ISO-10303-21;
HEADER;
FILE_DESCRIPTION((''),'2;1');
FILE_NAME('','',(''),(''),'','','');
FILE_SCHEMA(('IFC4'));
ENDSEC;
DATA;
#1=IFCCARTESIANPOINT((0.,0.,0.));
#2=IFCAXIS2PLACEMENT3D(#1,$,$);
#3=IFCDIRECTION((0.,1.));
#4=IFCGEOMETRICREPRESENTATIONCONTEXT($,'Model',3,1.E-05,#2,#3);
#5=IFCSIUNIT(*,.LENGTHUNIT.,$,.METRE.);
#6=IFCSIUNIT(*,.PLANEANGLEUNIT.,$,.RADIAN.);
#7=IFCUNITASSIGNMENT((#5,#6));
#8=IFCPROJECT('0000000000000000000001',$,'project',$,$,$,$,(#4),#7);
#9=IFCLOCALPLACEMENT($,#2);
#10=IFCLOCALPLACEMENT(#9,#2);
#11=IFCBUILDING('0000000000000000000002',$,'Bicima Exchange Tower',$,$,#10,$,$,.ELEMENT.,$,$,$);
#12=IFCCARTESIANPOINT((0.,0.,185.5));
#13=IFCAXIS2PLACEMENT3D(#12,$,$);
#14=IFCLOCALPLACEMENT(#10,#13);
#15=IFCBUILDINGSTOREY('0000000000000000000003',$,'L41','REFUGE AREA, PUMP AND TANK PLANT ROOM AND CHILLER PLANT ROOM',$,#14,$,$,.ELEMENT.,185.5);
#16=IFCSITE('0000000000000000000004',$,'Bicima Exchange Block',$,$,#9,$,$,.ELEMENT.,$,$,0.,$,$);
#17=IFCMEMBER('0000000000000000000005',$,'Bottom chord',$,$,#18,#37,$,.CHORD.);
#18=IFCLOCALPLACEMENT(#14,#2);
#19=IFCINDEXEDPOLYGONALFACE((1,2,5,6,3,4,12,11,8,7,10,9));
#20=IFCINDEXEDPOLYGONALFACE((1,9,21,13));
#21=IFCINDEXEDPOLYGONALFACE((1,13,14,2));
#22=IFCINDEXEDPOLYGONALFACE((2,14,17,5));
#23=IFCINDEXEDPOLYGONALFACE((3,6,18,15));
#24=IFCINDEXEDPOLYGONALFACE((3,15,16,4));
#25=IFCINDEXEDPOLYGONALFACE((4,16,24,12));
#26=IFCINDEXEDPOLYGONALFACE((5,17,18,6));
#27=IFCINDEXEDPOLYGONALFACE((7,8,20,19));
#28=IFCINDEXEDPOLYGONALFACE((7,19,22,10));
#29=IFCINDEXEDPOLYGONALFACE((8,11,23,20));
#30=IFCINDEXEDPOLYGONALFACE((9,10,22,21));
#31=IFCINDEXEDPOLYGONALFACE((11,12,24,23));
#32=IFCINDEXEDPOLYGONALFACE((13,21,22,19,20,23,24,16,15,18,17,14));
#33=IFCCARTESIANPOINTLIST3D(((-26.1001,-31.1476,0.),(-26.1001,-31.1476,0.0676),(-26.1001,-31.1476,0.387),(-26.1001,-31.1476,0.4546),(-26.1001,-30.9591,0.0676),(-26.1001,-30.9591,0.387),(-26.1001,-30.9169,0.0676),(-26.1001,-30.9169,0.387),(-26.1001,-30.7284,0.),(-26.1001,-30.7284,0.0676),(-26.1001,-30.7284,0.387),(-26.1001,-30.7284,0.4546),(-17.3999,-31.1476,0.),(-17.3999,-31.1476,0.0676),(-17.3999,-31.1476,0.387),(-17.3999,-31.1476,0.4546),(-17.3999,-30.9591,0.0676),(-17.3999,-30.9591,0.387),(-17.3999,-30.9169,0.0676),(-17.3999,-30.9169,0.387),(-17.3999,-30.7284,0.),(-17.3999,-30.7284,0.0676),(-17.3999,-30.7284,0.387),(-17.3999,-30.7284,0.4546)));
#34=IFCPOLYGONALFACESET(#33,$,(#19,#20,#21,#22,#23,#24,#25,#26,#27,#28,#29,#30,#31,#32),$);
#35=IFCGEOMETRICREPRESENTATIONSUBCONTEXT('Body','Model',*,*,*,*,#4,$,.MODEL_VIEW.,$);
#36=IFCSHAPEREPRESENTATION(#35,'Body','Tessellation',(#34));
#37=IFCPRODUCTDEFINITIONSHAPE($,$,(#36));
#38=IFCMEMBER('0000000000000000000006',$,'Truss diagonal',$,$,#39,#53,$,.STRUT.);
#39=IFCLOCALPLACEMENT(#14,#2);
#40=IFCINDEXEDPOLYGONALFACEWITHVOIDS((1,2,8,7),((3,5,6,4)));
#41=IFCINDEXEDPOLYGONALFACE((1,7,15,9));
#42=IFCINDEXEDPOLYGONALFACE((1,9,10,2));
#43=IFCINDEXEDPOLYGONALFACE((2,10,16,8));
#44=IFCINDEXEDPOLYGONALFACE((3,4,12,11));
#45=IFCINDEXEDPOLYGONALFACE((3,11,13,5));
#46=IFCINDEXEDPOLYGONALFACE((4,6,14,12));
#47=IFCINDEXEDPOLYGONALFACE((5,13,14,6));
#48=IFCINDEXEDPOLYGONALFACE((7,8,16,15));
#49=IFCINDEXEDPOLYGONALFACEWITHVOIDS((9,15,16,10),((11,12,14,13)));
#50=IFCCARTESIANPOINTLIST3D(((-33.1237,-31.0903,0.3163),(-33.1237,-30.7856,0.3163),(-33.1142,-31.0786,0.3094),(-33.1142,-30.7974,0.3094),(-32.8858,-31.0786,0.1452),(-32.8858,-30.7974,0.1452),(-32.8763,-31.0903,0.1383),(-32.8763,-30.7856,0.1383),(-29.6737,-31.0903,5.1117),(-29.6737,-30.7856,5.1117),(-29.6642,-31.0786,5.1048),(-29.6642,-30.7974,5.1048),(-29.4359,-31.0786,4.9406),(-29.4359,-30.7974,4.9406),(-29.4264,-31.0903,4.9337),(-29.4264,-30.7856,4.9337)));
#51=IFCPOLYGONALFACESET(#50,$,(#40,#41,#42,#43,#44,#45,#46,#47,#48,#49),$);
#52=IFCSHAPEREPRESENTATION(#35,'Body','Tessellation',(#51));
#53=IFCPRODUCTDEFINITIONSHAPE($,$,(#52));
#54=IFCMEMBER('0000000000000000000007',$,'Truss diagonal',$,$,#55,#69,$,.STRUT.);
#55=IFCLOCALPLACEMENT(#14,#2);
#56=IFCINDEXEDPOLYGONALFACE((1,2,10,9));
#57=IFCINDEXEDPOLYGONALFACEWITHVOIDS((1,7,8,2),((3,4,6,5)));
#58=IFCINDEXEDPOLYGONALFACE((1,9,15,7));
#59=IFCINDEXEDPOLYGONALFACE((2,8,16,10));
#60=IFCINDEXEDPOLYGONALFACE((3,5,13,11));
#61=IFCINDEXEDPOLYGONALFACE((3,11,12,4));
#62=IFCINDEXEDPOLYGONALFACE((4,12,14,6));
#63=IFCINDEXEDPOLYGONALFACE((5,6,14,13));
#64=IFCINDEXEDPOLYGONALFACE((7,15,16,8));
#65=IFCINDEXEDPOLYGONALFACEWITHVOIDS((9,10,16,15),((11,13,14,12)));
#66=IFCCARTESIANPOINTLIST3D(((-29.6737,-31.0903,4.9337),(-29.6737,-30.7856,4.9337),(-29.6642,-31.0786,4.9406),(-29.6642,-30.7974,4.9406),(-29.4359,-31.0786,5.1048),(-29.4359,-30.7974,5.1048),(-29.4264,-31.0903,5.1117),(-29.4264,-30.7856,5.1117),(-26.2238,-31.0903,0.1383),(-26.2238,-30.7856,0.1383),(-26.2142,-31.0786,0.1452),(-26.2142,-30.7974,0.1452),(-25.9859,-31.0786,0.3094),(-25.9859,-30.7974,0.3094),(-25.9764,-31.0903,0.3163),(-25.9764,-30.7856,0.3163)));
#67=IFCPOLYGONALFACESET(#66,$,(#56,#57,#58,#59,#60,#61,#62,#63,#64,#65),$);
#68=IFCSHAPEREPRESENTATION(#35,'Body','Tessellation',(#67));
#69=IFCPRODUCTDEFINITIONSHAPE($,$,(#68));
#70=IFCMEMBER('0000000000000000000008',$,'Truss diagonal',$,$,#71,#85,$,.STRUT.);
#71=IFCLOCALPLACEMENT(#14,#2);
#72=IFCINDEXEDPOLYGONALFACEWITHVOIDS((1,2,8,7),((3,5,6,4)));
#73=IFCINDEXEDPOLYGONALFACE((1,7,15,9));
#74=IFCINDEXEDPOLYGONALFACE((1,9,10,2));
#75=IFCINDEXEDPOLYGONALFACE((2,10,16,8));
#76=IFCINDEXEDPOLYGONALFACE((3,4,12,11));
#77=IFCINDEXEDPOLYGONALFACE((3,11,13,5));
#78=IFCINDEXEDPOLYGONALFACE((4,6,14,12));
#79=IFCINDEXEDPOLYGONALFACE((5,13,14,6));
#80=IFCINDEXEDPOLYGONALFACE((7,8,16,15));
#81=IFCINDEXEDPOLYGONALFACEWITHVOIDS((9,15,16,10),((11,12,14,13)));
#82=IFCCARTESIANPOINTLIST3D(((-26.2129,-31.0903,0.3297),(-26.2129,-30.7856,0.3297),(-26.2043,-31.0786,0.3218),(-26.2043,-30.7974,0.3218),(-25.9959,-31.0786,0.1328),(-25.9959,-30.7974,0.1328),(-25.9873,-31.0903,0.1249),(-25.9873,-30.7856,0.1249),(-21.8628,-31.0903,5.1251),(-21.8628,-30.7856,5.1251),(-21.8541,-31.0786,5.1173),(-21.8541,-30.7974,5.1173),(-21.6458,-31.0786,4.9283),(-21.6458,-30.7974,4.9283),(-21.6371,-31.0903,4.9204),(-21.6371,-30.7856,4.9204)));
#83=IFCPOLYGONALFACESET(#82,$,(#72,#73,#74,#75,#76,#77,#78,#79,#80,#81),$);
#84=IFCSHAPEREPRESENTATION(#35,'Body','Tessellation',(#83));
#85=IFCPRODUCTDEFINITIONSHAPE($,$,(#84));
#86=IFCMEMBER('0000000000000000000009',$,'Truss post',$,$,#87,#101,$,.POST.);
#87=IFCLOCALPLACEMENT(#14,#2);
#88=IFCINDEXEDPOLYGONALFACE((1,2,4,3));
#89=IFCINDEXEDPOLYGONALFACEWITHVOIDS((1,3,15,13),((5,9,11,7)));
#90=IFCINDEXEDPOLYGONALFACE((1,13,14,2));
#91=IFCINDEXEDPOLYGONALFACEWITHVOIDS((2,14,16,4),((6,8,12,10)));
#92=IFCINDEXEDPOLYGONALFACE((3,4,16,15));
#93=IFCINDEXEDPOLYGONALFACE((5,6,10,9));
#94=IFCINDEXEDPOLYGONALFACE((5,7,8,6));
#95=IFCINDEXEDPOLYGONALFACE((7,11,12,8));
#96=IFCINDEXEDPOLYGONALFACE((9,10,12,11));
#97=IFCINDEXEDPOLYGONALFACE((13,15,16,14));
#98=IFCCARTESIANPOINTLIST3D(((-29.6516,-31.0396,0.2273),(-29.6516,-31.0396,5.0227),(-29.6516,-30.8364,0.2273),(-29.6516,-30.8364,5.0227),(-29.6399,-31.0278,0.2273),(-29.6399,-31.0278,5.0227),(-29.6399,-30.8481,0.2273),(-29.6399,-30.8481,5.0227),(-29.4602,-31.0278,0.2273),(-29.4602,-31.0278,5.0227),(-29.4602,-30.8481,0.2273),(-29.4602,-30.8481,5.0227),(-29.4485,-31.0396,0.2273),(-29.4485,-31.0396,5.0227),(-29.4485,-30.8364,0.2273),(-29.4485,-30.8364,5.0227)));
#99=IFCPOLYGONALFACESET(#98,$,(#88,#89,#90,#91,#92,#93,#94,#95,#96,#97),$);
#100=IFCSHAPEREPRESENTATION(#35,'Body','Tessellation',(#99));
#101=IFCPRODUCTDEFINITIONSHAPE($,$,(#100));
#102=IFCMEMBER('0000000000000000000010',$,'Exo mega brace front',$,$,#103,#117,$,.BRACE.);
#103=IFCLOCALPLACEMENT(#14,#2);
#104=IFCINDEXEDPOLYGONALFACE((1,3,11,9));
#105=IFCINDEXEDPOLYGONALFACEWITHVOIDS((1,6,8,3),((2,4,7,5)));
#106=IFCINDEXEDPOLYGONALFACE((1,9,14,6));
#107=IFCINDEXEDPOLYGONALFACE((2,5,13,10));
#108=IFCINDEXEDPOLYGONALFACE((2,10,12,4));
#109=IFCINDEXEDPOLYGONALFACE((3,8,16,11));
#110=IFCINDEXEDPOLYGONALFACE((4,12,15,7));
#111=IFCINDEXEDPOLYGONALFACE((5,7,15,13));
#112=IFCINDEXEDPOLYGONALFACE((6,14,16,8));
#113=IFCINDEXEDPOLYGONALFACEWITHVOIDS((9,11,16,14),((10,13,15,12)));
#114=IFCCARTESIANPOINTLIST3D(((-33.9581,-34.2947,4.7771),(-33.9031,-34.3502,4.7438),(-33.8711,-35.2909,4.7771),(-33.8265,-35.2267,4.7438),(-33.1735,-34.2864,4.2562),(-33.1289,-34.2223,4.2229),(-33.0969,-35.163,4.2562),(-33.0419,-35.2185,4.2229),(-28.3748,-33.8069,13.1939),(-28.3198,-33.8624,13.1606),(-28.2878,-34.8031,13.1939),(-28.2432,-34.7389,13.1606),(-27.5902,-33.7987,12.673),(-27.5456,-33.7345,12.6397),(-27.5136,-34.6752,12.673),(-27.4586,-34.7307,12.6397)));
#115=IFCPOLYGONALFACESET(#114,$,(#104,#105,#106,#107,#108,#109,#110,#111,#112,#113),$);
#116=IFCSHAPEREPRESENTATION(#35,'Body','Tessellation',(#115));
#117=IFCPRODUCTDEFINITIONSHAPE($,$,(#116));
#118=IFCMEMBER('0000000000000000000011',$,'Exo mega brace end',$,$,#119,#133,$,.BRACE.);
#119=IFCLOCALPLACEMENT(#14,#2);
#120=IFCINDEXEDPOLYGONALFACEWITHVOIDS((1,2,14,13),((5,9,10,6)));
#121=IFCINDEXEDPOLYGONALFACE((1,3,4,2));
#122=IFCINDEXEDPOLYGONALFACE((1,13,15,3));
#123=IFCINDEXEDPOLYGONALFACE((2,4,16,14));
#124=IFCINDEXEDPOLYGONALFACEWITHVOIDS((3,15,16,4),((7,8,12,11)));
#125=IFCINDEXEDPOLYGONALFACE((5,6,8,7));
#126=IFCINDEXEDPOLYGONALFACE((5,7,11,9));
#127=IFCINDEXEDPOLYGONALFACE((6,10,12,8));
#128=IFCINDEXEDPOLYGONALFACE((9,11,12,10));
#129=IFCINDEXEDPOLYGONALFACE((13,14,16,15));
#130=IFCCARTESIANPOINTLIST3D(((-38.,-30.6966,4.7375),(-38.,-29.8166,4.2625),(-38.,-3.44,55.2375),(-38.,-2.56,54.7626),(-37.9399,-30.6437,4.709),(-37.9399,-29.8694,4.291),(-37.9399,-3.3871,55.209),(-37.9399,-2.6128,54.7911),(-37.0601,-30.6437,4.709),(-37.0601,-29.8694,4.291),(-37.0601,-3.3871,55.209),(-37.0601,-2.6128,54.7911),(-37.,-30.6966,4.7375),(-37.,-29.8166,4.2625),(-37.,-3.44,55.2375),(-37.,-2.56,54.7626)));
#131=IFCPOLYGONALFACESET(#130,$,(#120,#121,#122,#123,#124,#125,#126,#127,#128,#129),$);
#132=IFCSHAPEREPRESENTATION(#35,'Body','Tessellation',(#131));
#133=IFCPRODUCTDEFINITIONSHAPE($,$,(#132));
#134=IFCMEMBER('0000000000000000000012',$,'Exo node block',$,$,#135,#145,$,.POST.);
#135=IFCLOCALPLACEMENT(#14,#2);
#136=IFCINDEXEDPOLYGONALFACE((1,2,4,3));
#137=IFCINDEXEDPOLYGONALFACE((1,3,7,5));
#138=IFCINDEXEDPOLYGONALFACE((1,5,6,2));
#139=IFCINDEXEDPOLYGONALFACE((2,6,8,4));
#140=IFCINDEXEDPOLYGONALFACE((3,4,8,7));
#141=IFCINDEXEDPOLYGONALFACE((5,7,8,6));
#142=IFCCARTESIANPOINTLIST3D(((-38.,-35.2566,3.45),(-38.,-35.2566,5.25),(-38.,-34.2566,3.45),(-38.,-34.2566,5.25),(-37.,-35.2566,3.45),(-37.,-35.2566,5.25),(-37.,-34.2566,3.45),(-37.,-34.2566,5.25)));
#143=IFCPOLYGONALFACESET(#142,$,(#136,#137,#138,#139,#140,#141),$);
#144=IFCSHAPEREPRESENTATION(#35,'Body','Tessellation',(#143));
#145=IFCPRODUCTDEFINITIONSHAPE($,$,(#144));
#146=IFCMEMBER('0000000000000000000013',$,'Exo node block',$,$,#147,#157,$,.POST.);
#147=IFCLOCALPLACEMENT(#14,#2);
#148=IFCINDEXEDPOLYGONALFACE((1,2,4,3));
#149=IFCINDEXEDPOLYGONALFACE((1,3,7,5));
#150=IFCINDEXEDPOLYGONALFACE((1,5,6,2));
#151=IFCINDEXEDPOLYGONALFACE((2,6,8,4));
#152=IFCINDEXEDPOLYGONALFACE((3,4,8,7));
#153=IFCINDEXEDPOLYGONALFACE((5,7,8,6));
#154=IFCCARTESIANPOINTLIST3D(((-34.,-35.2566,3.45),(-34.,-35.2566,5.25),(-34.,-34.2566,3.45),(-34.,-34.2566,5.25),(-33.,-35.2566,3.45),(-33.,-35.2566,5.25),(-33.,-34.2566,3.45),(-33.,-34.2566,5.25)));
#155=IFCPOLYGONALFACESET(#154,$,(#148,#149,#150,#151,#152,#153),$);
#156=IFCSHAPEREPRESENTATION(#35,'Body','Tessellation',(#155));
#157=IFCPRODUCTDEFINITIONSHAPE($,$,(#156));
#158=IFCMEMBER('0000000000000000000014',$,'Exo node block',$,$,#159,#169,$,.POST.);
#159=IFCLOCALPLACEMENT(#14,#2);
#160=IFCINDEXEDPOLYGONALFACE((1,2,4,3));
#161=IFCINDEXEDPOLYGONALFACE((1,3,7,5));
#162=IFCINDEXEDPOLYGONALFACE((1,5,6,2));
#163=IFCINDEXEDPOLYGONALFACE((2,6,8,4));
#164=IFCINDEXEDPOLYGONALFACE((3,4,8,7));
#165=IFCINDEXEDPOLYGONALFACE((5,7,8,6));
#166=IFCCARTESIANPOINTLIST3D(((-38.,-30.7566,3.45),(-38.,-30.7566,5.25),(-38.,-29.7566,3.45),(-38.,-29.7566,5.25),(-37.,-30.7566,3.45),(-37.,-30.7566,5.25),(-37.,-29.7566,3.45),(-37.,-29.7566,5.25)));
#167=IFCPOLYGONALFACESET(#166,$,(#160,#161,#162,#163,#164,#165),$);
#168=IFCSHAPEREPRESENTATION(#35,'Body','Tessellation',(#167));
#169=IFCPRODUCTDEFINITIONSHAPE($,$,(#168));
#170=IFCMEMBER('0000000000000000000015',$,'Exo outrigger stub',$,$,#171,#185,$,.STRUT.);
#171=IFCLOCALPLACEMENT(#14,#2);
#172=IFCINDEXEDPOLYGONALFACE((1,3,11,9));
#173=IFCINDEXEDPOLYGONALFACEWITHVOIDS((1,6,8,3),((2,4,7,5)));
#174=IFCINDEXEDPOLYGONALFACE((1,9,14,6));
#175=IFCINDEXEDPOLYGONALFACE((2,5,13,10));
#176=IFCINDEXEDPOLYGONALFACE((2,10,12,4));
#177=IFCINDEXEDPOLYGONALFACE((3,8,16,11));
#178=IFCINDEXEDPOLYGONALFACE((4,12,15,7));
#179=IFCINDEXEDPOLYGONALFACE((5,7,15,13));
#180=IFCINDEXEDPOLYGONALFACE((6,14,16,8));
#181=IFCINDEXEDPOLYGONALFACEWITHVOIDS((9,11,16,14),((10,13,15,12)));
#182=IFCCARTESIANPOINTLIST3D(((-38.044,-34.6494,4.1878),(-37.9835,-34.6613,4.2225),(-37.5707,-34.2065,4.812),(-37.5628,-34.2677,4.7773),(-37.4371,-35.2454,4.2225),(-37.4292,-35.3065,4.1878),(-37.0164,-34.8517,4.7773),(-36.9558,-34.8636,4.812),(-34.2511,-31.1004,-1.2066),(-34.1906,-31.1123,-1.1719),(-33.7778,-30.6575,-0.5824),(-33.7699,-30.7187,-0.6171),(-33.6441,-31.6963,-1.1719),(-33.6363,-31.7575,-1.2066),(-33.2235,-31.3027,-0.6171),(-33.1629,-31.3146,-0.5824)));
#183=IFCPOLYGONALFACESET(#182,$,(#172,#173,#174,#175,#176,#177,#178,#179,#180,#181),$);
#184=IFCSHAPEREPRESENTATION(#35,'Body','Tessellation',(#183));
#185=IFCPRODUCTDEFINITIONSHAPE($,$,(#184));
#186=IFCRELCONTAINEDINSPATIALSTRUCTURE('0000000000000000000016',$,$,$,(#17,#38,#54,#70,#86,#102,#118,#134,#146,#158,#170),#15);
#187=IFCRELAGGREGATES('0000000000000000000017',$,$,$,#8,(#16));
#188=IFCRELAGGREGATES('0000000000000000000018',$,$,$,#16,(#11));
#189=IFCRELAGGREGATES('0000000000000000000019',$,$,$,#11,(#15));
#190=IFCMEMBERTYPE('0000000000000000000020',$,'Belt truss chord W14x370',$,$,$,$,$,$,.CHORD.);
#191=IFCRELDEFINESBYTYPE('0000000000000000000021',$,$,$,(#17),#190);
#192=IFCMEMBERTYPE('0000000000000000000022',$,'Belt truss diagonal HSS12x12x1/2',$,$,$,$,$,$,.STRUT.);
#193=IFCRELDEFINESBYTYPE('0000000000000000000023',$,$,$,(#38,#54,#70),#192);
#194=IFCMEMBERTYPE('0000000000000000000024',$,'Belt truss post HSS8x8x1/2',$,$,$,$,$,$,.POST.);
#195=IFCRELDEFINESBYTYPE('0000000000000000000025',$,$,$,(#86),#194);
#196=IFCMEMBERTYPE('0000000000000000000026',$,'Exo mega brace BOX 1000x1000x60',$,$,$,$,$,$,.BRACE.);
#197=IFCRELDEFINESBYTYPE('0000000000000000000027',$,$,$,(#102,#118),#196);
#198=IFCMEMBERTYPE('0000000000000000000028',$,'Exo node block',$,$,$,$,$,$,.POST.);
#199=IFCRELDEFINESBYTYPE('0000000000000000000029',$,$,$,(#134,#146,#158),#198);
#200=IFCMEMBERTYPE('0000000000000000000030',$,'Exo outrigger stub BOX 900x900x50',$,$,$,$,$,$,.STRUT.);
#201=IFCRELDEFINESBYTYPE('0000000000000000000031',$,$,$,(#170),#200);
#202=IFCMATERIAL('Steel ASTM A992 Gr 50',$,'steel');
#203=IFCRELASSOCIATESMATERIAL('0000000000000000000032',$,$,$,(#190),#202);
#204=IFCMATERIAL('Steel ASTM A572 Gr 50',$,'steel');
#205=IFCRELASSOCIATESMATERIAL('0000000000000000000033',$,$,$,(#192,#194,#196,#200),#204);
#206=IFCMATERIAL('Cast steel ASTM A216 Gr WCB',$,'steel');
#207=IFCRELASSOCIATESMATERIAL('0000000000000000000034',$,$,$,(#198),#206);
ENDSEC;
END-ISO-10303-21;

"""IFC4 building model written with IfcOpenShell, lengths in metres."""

from ifc_helpers import new_model, si_unit, direction, frame, origin, origin_2d, place, context, subcontext, project, spatial, rectangle, hollow_rectangle, i_section, extrude, material, material_profile, profile_set, type_object, element, save


model = new_model("IFC4")

# Units and contexts
model_context = context("Model", 3, precision=1e-05, world=origin(), true_north=direction((0.0, 1.0)))
body_context = subcontext(model_context, "Body", "Model", "MODEL_VIEW")
ifc_project = project(units=[si_unit("LENGTHUNIT", "METRE"), si_unit("PLANEANGLEUNIT", "RADIAN")], contexts=[model_context])

# Site, building, storey
site_placement = place(None, origin())
site = spatial("IfcSite", under=ifc_project, at=site_placement, Name="Bicima Exchange Block", CompositionType="ELEMENT", RefElevation=0.0)
building_placement = place(site_placement, origin())
building = spatial("IfcBuilding", under=site, at=building_placement, Name="Bicima Exchange Tower", CompositionType="ELEMENT")
storey_placement = place(building_placement, frame((0.0, 0.0, 185.5)))
storey = spatial("IfcBuildingStorey", under=building, at=storey_placement, Name="L41", Description="REFUGE AREA, PUMP AND TANK PLANT ROOM AND CHILLER PLANT ROOM", CompositionType="ELEMENT", Elevation=185.5)

# Shared definitions
ifc_material_1 = material(Name="Steel ASTM A572 Gr 50", Category="steel")
ifc_material_2 = material(Name="Steel ASTM A992 Gr 50", Category="steel")

# Members
ifc_material_profile_1 = material_profile(ifc_material_2, i_section(OverallWidth=0.4192, OverallDepth=0.4546, WebThickness=0.0422, FlangeThickness=0.0676, at=origin_2d()))
ifc_profile_set_1 = profile_set([ifc_material_profile_1], Name="Steel ASTM A992 Gr 50")
member_type_1 = type_object("IfcMemberType", Name="Belt truss chord W14x370", PredefinedType="CHORD", material=ifc_profile_set_1)
for number, where, z_axis, x_axis, name in (
    (1, (-26.1001, -30.938, 0.2273), (1.0, 0.0, 0.0), (0.0, 1.0, 0.0), "Bottom chord"),
):
    element("IfcMember", number, at=place(storey_placement, frame(where, z_axis=z_axis, x_axis=x_axis)), inside=storey, type_object=member_type_1, Name=name, PredefinedType="CHORD", context=body_context, shape_type="SweptSolid", body=[
        extrude(i_section(OverallWidth=0.4192, OverallDepth=0.4546, WebThickness=0.0422, FlangeThickness=0.0676, at=origin_2d()), origin(), (0.0, 0.0, 1.0), 8.7002),
    ])
ifc_material_profile_2 = material_profile(ifc_material_1, hollow_rectangle(XDim=0.3047, YDim=0.3047, WallThickness=0.0117, at=origin_2d()))
ifc_profile_set_2 = profile_set([ifc_material_profile_2], Name="Steel ASTM A572 Gr 50")
member_type_2 = type_object("IfcMemberType", Name="Belt truss diagonal HSS12x12x1/2", PredefinedType="STRUT", material=ifc_profile_set_2)
for number, where, z_axis, x_axis, name in (
    (2, (-33.0, -30.938, 0.2273), (0.583999, 0.0, 0.811755), (0.0, 1.0, 0.0), "Truss diagonal"),
    (3, (-29.55, -30.938, 5.0227), (0.583999, 0.0, -0.811755), (0.0, 1.0, 0.0), "Truss diagonal"),
):
    element("IfcMember", number, at=place(storey_placement, frame(where, z_axis=z_axis, x_axis=x_axis)), inside=storey, type_object=member_type_2, Name=name, PredefinedType="STRUT", context=body_context, shape_type="SweptSolid", body=[
        extrude(hollow_rectangle(XDim=0.3047, YDim=0.3047, WallThickness=0.0117, at=origin_2d()), origin(), (0.0, 0.0, 1.0), 5.9075),
    ])
member_1_placement = place(storey_placement, frame((-26.1001, -30.938, 0.2273), z_axis=(0.67188, 0.0, 0.74066), x_axis=(0.0, 1.0, 0.0)))
element("IfcMember", 4, at=member_1_placement, inside=storey, type_object=member_type_2, Name="Truss diagonal", PredefinedType="STRUT", context=body_context, shape_type="SweptSolid", body=[
    extrude(hollow_rectangle(XDim=0.3047, YDim=0.3047, WallThickness=0.0117, at=origin_2d()), origin(), (0.0, 0.0, 1.0), 6.4746),
])
ifc_material_profile_3 = material_profile(ifc_material_1, hollow_rectangle(XDim=0.2031, YDim=0.2031, WallThickness=0.0117, at=origin_2d()))
ifc_profile_set_3 = profile_set([ifc_material_profile_3], Name="Steel ASTM A572 Gr 50")
member_type_3 = type_object("IfcMemberType", Name="Belt truss post HSS8x8x1/2", PredefinedType="POST", material=ifc_profile_set_3)
member_2_placement = place(storey_placement, frame((-29.55, -30.938, 0.2273), z_axis=(0.0, 0.0, 1.0), x_axis=(1.0, 0.0, 0.0)))
element("IfcMember", 5, at=member_2_placement, inside=storey, type_object=member_type_3, Name="Truss post", PredefinedType="POST", context=body_context, shape_type="SweptSolid", body=[
    extrude(hollow_rectangle(XDim=0.2031, YDim=0.2031, WallThickness=0.0117, at=origin_2d()), origin(), (0.0, 0.0, 1.0), 4.7954),
])
ifc_material_profile_4 = material_profile(ifc_material_1, hollow_rectangle(XDim=1.0, YDim=1.0, WallThickness=0.0601, at=origin_2d()))
ifc_profile_set_4 = profile_set([ifc_material_profile_4], Name="Steel ASTM A572 Gr 50")
member_type_4 = type_object("IfcMemberType", Name="Exo mega brace BOX 1000x1000x60", PredefinedType="BRACE", material=ifc_profile_set_4)
member_3_placement = place(storey_placement, frame((-33.5, -34.7566, 4.5), z_axis=(0.552142, 0.048239, 0.832353), x_axis=(-0.087036, 0.996205, 0.0)))
element("IfcMember", 6, at=member_3_placement, inside=storey, type_object=member_type_4, Name="Exo mega brace front", PredefinedType="BRACE", context=body_context, shape_type="SweptSolid", body=[
    extrude(hollow_rectangle(XDim=1.0, YDim=1.0, WallThickness=0.0601, at=origin_2d()), origin(), (0.0, 0.0, 1.0), 10.1121),
])
member_4_placement = place(storey_placement, frame((-37.5, -30.2566, 4.5), z_axis=(0.0, 0.474968, 0.880003), x_axis=(-1.0, 0.0, 0.0)))
element("IfcMember", 7, at=member_4_placement, inside=storey, type_object=member_type_4, Name="Exo mega brace end", PredefinedType="BRACE", context=body_context, shape_type="SweptSolid", body=[
    extrude(hollow_rectangle(XDim=1.0, YDim=1.0, WallThickness=0.0601, at=origin_2d()), origin(), (0.0, 0.0, 1.0), 57.3862),
])
ifc_material_3 = material(Name="Cast steel ASTM A216 Gr WCB", Category="steel")
ifc_material_profile_5 = material_profile(ifc_material_3, rectangle(XDim=1.0, YDim=1.0, at=origin_2d()))
ifc_profile_set_5 = profile_set([ifc_material_profile_5], Name="Cast steel ASTM A216 Gr WCB")
member_type_5 = type_object("IfcMemberType", Name="Exo node block", PredefinedType="POST", material=ifc_profile_set_5)
for number, where, z_axis, x_axis, name in (
    (8, (-37.5, -34.7566, 3.45), (0.0, 0.0, 1.0), (1.0, 0.0, 0.0), "Exo node block"),
    (9, (-33.5, -34.7566, 3.45), (0.0, 0.0, 1.0), (1.0, 0.0, 0.0), "Exo node block"),
    (10, (-37.5, -30.2566, 3.45), (0.0, 0.0, 1.0), (1.0, 0.0, 0.0), "Exo node block"),
):
    element("IfcMember", number, at=place(storey_placement, frame(where, z_axis=z_axis, x_axis=x_axis)), inside=storey, type_object=member_type_5, Name=name, PredefinedType="POST", context=body_context, shape_type="SweptSolid", body=[
        extrude(rectangle(XDim=1.0, YDim=1.0, at=origin_2d()), origin(), (0.0, 0.0, 1.0), 1.8),
    ])
ifc_material_profile_6 = material_profile(ifc_material_1, hollow_rectangle(XDim=0.8999, YDim=0.8999, WallThickness=0.05, at=origin_2d()))
ifc_profile_set_6 = profile_set([ifc_material_profile_6], Name="Steel ASTM A572 Gr 50")
member_type_6 = type_object("IfcMemberType", Name="Exo outrigger stub BOX 900x900x50", PredefinedType="STRUT", material=ifc_profile_set_6)
member_5_placement = place(storey_placement, frame((-33.707, -31.2075, -0.8945), z_axis=(-0.506479, -0.473912, 0.720338), x_axis=(0.68324, -0.730194, 0.0)))
element("IfcMember", 11, at=member_5_placement, inside=storey, type_object=member_type_6, Name="Exo outrigger stub", PredefinedType="STRUT", context=body_context, shape_type="SweptSolid", body=[
    extrude(hollow_rectangle(XDim=0.8999, YDim=0.8999, WallThickness=0.05, at=origin_2d()), origin(), (0.0, 0.0, 1.0), 7.4888),
])

save(model, "model.ifc")
